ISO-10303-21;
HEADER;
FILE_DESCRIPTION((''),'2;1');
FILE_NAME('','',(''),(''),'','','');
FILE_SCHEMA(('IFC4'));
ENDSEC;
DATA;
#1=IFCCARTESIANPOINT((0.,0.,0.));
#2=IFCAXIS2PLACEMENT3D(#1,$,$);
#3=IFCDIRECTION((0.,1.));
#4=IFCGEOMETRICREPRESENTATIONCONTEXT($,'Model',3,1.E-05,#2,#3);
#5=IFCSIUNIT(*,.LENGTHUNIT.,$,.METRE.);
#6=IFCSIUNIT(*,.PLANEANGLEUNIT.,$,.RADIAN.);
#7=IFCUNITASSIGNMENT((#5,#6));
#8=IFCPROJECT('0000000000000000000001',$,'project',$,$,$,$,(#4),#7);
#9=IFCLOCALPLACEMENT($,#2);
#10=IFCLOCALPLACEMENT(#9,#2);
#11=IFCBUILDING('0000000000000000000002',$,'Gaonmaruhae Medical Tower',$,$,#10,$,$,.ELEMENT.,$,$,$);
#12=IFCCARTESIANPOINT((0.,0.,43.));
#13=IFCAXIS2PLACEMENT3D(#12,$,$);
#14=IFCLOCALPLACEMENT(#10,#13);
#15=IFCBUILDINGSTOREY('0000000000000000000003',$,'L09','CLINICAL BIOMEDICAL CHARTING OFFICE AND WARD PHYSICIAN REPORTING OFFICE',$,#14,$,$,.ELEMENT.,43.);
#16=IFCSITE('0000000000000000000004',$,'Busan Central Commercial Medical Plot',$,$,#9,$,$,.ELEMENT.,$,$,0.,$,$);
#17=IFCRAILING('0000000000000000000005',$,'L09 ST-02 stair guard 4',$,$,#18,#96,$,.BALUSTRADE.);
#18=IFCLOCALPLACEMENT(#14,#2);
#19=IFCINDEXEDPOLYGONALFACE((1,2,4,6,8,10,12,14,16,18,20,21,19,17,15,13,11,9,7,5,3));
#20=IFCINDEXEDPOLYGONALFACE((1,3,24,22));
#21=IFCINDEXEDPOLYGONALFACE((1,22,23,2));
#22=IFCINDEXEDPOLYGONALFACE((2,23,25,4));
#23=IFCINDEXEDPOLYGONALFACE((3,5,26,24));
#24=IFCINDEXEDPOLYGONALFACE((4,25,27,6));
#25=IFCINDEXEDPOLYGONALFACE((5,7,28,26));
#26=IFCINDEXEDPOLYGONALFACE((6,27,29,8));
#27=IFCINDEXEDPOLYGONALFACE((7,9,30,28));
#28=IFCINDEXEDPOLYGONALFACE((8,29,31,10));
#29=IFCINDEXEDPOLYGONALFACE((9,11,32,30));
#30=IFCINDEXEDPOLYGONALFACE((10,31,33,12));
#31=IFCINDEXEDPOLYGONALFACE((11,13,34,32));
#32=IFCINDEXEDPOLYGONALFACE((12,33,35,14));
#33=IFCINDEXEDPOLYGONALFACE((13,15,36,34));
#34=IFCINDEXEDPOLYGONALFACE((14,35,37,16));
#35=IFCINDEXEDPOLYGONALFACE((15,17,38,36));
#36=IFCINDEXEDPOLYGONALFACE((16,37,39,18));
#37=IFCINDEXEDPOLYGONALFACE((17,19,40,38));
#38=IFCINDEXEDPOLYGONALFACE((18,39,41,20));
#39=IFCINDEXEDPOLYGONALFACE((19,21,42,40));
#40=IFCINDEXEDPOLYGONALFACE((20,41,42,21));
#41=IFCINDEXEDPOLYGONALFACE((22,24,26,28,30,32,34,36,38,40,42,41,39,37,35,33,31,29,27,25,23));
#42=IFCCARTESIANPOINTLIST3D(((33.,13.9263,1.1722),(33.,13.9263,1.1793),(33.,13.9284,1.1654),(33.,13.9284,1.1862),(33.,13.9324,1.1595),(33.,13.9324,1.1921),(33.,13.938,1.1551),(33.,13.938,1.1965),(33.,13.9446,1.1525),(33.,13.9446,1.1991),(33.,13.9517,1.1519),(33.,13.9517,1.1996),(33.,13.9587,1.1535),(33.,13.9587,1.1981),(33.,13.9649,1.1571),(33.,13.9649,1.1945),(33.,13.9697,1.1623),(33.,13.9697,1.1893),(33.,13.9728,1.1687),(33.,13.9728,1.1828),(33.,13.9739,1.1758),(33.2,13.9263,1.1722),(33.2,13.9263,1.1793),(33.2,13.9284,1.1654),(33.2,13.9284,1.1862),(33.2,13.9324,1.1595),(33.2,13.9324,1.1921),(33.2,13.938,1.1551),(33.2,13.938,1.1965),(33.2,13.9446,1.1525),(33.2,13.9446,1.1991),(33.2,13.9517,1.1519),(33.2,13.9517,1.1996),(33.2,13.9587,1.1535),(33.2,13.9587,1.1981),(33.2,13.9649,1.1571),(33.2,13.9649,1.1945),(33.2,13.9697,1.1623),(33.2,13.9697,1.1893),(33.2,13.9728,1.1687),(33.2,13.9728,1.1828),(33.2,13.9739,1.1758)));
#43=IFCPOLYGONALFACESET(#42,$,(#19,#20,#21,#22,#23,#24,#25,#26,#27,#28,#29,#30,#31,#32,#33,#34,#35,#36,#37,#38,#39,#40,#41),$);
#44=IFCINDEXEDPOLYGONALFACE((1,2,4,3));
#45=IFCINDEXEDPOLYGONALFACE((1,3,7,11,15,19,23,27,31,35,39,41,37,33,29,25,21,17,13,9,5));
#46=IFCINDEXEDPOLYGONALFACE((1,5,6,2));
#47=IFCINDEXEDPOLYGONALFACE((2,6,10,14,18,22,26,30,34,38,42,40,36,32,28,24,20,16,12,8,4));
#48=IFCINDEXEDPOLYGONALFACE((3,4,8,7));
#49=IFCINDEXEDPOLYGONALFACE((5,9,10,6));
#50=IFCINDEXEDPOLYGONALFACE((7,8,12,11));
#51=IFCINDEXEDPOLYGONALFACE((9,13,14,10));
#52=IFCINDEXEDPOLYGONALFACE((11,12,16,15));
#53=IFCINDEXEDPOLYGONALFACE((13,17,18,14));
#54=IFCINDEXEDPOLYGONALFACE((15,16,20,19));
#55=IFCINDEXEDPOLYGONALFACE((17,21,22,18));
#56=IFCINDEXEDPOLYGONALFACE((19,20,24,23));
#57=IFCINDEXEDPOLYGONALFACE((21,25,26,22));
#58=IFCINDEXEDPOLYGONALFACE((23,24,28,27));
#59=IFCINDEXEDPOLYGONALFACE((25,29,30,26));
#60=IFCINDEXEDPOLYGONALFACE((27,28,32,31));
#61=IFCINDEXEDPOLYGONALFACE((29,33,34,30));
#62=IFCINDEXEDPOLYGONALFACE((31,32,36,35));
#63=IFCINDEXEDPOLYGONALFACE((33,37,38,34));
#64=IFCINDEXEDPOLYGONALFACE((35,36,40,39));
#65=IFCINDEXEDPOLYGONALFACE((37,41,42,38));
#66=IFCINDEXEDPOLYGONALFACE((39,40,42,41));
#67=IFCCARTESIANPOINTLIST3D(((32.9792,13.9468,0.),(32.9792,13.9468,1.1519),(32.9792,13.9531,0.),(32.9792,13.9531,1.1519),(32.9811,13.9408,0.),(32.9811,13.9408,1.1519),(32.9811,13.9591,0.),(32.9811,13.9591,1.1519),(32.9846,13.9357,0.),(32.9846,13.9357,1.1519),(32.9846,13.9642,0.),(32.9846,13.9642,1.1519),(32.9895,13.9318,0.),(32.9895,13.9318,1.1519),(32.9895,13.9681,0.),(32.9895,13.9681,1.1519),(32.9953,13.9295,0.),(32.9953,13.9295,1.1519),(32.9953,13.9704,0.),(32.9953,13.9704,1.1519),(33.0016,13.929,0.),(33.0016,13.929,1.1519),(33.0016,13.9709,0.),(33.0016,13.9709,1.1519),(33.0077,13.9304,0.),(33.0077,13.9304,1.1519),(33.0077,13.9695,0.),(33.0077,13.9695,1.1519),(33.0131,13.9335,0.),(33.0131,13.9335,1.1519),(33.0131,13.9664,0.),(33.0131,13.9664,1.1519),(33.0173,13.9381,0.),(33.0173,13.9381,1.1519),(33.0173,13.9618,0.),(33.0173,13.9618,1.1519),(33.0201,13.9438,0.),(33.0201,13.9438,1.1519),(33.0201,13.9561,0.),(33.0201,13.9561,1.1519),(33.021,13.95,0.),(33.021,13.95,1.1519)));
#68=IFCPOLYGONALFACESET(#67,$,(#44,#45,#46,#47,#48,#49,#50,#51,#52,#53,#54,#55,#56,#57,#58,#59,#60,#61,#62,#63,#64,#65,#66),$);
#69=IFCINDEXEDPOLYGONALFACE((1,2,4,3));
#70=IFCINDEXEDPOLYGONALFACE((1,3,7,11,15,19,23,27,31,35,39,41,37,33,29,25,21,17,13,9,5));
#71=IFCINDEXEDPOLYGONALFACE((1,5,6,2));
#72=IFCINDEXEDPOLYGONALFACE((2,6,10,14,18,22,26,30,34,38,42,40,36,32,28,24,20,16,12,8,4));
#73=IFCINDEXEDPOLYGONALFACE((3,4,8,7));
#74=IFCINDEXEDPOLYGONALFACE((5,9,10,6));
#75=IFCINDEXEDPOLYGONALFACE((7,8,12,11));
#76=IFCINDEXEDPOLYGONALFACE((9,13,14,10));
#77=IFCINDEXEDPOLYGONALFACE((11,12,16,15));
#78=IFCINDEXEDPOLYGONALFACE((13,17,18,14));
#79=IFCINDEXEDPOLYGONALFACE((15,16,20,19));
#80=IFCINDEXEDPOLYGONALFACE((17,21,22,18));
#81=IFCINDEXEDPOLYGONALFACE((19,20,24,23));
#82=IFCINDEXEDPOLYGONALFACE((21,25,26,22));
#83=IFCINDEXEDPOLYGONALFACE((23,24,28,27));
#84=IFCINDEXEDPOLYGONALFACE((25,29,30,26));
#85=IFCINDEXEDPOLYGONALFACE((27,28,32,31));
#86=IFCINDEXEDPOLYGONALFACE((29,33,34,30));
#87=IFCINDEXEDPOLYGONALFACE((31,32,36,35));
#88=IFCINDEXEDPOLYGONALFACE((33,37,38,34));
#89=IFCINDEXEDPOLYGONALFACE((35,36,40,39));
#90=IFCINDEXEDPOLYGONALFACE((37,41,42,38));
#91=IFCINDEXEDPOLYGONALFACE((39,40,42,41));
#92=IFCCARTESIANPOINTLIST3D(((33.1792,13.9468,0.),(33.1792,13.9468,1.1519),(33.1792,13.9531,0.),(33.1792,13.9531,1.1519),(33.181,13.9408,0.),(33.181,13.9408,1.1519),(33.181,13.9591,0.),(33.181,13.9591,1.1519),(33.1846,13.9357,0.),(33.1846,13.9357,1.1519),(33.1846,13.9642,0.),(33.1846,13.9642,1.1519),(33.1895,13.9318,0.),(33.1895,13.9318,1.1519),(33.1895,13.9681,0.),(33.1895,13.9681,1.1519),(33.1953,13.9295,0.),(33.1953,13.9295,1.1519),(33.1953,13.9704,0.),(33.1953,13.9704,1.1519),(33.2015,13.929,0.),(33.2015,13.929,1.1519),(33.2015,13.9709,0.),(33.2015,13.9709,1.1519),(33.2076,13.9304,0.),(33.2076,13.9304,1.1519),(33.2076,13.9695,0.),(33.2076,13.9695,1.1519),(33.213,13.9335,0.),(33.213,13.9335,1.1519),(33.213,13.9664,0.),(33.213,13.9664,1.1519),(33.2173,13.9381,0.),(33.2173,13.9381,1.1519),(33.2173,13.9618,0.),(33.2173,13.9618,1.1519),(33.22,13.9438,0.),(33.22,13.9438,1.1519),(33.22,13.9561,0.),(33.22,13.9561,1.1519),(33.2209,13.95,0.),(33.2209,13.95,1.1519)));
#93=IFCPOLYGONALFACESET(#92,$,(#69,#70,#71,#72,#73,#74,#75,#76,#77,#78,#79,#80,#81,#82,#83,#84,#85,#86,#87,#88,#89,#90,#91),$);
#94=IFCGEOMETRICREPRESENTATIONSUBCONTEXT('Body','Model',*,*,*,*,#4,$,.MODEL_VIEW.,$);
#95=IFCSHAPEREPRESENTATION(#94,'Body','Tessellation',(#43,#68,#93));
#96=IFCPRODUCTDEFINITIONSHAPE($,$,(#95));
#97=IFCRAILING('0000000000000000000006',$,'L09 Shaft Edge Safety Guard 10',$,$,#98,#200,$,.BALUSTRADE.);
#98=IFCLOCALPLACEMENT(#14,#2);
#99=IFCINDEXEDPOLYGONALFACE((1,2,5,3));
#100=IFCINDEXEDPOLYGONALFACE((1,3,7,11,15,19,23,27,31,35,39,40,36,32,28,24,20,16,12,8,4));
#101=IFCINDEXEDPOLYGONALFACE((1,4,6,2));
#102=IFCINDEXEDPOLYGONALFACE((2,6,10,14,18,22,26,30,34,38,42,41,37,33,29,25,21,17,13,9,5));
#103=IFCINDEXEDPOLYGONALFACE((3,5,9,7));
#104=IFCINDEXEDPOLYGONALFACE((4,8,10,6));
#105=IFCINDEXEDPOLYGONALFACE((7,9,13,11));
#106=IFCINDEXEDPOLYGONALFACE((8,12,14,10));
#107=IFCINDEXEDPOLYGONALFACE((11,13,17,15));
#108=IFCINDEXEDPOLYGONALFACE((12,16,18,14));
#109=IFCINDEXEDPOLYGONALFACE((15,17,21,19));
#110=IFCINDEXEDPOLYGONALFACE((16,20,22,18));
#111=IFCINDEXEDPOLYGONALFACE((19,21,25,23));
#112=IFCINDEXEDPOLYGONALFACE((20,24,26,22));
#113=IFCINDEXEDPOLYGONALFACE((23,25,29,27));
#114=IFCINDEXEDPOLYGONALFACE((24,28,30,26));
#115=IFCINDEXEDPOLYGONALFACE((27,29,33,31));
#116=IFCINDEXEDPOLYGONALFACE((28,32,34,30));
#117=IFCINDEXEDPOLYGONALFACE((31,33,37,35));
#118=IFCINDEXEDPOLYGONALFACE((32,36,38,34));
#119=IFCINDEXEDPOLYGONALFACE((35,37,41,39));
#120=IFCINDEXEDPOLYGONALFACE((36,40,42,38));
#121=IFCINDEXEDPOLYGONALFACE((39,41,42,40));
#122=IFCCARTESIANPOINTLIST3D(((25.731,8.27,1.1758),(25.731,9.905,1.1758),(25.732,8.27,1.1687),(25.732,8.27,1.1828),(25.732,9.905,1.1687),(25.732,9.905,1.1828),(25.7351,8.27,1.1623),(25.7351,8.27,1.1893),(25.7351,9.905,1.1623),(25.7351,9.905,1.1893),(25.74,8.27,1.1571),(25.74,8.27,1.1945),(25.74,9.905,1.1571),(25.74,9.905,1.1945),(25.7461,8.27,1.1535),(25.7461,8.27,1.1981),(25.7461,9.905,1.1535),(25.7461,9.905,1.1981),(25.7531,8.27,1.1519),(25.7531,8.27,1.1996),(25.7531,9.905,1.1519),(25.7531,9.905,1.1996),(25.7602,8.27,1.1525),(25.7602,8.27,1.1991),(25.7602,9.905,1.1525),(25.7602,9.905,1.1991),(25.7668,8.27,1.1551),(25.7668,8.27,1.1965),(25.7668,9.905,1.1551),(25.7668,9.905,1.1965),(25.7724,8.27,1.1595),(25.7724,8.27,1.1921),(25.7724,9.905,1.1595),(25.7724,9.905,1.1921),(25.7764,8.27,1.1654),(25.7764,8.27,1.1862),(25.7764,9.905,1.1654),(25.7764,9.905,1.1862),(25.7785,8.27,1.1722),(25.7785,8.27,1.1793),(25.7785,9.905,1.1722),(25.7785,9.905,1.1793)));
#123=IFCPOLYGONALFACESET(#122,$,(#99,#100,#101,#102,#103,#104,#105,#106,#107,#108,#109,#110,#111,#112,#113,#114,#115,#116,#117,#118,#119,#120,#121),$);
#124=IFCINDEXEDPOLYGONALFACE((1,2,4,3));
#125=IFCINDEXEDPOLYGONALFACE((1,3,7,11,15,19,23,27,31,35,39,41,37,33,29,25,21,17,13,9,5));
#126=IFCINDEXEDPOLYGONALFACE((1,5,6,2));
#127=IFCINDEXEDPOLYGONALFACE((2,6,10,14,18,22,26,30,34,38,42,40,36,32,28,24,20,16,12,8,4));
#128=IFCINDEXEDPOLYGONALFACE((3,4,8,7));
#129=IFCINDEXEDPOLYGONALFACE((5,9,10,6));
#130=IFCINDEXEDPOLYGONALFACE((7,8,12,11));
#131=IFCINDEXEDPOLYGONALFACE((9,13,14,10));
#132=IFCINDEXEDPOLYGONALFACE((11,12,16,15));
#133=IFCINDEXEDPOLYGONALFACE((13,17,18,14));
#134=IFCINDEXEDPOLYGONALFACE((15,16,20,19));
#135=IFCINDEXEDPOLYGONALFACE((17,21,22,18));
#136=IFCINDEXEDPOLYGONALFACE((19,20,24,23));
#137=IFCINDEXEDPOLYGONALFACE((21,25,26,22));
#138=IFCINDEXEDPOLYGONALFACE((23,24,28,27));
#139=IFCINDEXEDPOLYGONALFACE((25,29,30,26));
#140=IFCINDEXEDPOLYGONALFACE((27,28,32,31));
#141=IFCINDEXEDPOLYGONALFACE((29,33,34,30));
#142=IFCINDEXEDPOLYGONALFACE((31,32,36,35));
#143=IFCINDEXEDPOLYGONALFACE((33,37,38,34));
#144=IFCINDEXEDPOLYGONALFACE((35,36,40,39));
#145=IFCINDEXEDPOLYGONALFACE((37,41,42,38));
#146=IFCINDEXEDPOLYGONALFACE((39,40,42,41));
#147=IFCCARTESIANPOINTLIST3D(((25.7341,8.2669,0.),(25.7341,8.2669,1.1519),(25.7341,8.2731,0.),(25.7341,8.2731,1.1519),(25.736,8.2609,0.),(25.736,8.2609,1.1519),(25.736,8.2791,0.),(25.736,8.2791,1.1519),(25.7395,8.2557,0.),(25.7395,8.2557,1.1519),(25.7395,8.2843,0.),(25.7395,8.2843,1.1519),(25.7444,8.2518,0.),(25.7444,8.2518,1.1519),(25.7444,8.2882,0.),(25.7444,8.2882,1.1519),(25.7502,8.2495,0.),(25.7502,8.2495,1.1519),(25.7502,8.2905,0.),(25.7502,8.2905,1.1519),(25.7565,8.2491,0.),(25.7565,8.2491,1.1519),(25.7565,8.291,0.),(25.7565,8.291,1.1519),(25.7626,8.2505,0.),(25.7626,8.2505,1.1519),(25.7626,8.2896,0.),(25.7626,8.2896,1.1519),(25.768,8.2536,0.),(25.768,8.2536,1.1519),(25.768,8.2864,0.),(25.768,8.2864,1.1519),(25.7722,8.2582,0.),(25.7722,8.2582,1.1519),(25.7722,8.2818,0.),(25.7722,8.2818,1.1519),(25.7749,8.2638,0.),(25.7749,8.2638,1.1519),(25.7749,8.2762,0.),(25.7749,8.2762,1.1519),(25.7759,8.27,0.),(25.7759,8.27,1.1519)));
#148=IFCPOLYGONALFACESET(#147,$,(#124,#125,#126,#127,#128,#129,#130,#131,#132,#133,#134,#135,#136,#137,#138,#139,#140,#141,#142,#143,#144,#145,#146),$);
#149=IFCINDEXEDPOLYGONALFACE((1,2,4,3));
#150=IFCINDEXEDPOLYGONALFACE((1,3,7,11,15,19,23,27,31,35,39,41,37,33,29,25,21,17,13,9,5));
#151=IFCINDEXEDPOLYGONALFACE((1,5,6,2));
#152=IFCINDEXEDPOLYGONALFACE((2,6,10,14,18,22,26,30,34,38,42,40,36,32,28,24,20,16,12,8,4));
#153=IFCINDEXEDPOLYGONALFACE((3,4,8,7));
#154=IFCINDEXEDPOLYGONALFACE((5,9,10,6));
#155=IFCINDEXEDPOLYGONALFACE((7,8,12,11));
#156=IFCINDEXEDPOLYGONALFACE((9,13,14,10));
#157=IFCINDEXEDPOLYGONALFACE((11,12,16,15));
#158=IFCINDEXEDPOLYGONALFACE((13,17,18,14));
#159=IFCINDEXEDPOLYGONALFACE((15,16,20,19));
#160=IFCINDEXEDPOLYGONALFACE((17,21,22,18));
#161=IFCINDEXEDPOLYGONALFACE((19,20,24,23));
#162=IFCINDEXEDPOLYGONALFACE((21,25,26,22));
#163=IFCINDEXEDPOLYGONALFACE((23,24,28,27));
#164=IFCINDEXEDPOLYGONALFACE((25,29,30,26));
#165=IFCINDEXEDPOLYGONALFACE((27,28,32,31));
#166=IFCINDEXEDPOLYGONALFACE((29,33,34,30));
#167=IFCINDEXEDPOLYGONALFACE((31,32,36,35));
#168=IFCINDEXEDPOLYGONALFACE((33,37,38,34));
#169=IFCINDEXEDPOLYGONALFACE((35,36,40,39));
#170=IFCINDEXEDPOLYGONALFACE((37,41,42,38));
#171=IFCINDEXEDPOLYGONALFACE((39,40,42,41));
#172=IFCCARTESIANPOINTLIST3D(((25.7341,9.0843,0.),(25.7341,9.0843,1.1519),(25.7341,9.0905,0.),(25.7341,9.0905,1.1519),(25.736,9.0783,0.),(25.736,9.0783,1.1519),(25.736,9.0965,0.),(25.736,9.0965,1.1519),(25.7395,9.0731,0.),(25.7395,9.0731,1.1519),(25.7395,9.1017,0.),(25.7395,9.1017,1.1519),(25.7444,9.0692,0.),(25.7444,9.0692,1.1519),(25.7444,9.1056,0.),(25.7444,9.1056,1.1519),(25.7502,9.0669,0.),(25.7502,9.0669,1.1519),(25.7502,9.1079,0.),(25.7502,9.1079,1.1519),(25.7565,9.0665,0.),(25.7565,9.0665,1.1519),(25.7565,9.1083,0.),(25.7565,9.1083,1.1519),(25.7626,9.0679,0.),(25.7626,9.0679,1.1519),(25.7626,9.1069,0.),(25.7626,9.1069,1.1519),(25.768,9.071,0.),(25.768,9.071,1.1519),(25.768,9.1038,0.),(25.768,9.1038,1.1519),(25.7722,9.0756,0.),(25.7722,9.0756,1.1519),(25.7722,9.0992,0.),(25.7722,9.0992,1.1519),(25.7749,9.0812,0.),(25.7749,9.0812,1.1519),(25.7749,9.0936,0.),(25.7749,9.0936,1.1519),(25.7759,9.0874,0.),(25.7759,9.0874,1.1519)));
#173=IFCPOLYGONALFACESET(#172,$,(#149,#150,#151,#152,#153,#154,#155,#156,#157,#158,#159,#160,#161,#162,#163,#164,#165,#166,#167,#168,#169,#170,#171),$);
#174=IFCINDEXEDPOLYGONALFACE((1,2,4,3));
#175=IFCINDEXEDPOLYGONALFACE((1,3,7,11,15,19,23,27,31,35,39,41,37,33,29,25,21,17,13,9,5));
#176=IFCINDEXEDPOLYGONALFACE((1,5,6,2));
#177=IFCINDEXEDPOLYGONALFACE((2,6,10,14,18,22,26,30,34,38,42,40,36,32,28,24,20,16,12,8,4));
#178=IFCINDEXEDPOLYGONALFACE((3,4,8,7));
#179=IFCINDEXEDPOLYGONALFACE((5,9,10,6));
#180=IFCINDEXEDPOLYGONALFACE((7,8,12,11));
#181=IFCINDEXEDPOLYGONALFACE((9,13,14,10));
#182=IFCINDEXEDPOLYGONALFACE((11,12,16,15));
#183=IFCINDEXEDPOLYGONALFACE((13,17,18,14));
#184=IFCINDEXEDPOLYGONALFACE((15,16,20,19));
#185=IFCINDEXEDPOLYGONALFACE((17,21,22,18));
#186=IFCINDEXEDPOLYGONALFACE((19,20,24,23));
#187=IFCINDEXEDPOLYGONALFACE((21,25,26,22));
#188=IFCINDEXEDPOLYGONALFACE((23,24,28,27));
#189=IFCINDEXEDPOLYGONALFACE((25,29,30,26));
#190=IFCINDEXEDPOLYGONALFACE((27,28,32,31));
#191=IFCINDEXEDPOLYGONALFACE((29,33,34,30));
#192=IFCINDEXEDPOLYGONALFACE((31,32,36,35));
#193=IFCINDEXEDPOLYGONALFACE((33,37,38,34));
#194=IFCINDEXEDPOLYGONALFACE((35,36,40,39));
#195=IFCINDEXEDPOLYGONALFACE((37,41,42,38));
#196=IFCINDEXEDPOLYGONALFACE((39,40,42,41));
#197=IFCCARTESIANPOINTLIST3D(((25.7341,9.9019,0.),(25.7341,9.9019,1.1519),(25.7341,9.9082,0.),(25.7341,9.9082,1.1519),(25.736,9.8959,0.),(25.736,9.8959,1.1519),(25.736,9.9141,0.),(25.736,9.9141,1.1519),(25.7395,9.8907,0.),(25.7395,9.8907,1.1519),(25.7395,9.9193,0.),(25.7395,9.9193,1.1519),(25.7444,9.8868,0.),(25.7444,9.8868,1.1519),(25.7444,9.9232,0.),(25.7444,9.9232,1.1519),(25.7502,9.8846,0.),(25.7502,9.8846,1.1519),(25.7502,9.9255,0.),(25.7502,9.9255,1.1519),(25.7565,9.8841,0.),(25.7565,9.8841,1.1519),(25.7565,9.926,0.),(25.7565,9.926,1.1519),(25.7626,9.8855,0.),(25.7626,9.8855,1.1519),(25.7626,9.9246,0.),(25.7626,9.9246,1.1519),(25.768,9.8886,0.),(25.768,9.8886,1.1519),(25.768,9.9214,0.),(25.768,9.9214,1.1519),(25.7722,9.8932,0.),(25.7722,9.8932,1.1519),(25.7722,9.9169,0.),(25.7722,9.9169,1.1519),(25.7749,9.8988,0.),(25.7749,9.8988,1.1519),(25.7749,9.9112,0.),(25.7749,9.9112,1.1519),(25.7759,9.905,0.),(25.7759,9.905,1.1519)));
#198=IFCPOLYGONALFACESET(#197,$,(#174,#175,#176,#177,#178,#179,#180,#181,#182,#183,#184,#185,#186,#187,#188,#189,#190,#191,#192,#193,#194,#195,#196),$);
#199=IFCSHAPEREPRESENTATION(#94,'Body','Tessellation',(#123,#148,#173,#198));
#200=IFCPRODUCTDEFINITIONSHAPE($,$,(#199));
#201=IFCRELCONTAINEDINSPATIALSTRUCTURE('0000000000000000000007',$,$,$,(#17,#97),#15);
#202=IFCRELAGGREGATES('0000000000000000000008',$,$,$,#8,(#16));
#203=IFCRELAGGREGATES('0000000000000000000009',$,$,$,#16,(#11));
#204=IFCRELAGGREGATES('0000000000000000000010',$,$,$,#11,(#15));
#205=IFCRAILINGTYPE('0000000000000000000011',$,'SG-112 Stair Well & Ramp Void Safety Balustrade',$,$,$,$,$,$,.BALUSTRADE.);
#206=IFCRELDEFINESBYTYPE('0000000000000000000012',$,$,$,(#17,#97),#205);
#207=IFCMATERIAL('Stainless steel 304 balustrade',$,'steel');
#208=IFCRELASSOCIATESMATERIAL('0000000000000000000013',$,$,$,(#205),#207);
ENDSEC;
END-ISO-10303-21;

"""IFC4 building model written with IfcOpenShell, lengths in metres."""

from ifc_helpers import new_model, si_unit, direction, frame, origin, origin_2d, place, context, subcontext, project, spatial, circle, extrude, material, type_object, element, save


model = new_model("IFC4")

# Units and contexts
model_context = context("Model", 3, precision=1e-05, world=origin(), true_north=direction((0.0, 1.0)))
body_context = subcontext(model_context, "Body", "Model", "MODEL_VIEW")
ifc_project = project(units=[si_unit("LENGTHUNIT", "METRE"), si_unit("PLANEANGLEUNIT", "RADIAN")], contexts=[model_context])

# Site, building, storey
site_placement = place(None, origin())
site = spatial("IfcSite", under=ifc_project, at=site_placement, Name="Busan Central Commercial Medical Plot", CompositionType="ELEMENT", RefElevation=0.0)
building_placement = place(site_placement, origin())
building = spatial("IfcBuilding", under=site, at=building_placement, Name="Gaonmaruhae Medical Tower", CompositionType="ELEMENT")
storey_placement = place(building_placement, frame((0.0, 0.0, 43.0)))
storey = spatial("IfcBuildingStorey", under=building, at=storey_placement, Name="L09", Description="CLINICAL BIOMEDICAL CHARTING OFFICE AND WARD PHYSICIAN REPORTING OFFICE", CompositionType="ELEMENT", Elevation=43.0)

# Railings
ifc_material_1 = material(Name="Stainless steel 304 balustrade", Category="steel")
railing_type_1 = type_object("IfcRailingType", Name="SG-112 Stair Well & Ramp Void Safety Balustrade", PredefinedType="BALUSTRADE", material=ifc_material_1)
railing_1_placement = place(storey_placement, frame((33.0, 13.95, 0.0)))
element("IfcRailing", 1, at=railing_1_placement, inside=storey, type_object=railing_type_1, Name="L09 ST-02 stair guard 4", PredefinedType="BALUSTRADE", context=body_context, shape_type="SweptSolid", body=[
    extrude(circle(Radius=0.0239, at=origin_2d()), frame((0.0, 0.0, 1.1758), z_axis=(1.0, 0.0, 0.0), x_axis=(0.0, 1.0, 0.0)), (0.0, 0.0, 1.0), 0.2),
    extrude(circle(Radius=0.021, at=origin_2d()), origin(), (0.0, 0.0, 1.0), 1.1519),
    extrude(circle(Radius=0.021, at=origin_2d()), frame((0.2, 0.0, 0.0)), (0.0, 0.0, 1.0), 1.1519),
])
for number, where, name in (
    (2, (25.7549, 8.27, 0.0), "L09 Shaft Edge Safety Guard 10"),
):
    element("IfcRailing", number, at=place(storey_placement, frame(where)), inside=storey, type_object=railing_type_1, Name=name, PredefinedType="BALUSTRADE", context=body_context, shape_type="SweptSolid", body=[
        extrude(circle(Radius=0.0239, at=origin_2d()), frame((0.0, 0.0, 1.1758), z_axis=(0.0, 1.0, 0.0), x_axis=(-1.0, 0.0, 0.0)), (0.0, 0.0, 1.0), 1.635),
        extrude(circle(Radius=0.021, at=origin_2d()), origin(), (0.0, 0.0, 1.0), 1.1519),
        extrude(circle(Radius=0.021, at=origin_2d()), frame((0.0, 0.8174, 0.0)), (0.0, 0.0, 1.0), 1.1519),
        extrude(circle(Radius=0.021, at=origin_2d()), frame((0.0, 1.635, 0.0)), (0.0, 0.0, 1.0), 1.1519),
    ])

save(model, "model.ifc")
